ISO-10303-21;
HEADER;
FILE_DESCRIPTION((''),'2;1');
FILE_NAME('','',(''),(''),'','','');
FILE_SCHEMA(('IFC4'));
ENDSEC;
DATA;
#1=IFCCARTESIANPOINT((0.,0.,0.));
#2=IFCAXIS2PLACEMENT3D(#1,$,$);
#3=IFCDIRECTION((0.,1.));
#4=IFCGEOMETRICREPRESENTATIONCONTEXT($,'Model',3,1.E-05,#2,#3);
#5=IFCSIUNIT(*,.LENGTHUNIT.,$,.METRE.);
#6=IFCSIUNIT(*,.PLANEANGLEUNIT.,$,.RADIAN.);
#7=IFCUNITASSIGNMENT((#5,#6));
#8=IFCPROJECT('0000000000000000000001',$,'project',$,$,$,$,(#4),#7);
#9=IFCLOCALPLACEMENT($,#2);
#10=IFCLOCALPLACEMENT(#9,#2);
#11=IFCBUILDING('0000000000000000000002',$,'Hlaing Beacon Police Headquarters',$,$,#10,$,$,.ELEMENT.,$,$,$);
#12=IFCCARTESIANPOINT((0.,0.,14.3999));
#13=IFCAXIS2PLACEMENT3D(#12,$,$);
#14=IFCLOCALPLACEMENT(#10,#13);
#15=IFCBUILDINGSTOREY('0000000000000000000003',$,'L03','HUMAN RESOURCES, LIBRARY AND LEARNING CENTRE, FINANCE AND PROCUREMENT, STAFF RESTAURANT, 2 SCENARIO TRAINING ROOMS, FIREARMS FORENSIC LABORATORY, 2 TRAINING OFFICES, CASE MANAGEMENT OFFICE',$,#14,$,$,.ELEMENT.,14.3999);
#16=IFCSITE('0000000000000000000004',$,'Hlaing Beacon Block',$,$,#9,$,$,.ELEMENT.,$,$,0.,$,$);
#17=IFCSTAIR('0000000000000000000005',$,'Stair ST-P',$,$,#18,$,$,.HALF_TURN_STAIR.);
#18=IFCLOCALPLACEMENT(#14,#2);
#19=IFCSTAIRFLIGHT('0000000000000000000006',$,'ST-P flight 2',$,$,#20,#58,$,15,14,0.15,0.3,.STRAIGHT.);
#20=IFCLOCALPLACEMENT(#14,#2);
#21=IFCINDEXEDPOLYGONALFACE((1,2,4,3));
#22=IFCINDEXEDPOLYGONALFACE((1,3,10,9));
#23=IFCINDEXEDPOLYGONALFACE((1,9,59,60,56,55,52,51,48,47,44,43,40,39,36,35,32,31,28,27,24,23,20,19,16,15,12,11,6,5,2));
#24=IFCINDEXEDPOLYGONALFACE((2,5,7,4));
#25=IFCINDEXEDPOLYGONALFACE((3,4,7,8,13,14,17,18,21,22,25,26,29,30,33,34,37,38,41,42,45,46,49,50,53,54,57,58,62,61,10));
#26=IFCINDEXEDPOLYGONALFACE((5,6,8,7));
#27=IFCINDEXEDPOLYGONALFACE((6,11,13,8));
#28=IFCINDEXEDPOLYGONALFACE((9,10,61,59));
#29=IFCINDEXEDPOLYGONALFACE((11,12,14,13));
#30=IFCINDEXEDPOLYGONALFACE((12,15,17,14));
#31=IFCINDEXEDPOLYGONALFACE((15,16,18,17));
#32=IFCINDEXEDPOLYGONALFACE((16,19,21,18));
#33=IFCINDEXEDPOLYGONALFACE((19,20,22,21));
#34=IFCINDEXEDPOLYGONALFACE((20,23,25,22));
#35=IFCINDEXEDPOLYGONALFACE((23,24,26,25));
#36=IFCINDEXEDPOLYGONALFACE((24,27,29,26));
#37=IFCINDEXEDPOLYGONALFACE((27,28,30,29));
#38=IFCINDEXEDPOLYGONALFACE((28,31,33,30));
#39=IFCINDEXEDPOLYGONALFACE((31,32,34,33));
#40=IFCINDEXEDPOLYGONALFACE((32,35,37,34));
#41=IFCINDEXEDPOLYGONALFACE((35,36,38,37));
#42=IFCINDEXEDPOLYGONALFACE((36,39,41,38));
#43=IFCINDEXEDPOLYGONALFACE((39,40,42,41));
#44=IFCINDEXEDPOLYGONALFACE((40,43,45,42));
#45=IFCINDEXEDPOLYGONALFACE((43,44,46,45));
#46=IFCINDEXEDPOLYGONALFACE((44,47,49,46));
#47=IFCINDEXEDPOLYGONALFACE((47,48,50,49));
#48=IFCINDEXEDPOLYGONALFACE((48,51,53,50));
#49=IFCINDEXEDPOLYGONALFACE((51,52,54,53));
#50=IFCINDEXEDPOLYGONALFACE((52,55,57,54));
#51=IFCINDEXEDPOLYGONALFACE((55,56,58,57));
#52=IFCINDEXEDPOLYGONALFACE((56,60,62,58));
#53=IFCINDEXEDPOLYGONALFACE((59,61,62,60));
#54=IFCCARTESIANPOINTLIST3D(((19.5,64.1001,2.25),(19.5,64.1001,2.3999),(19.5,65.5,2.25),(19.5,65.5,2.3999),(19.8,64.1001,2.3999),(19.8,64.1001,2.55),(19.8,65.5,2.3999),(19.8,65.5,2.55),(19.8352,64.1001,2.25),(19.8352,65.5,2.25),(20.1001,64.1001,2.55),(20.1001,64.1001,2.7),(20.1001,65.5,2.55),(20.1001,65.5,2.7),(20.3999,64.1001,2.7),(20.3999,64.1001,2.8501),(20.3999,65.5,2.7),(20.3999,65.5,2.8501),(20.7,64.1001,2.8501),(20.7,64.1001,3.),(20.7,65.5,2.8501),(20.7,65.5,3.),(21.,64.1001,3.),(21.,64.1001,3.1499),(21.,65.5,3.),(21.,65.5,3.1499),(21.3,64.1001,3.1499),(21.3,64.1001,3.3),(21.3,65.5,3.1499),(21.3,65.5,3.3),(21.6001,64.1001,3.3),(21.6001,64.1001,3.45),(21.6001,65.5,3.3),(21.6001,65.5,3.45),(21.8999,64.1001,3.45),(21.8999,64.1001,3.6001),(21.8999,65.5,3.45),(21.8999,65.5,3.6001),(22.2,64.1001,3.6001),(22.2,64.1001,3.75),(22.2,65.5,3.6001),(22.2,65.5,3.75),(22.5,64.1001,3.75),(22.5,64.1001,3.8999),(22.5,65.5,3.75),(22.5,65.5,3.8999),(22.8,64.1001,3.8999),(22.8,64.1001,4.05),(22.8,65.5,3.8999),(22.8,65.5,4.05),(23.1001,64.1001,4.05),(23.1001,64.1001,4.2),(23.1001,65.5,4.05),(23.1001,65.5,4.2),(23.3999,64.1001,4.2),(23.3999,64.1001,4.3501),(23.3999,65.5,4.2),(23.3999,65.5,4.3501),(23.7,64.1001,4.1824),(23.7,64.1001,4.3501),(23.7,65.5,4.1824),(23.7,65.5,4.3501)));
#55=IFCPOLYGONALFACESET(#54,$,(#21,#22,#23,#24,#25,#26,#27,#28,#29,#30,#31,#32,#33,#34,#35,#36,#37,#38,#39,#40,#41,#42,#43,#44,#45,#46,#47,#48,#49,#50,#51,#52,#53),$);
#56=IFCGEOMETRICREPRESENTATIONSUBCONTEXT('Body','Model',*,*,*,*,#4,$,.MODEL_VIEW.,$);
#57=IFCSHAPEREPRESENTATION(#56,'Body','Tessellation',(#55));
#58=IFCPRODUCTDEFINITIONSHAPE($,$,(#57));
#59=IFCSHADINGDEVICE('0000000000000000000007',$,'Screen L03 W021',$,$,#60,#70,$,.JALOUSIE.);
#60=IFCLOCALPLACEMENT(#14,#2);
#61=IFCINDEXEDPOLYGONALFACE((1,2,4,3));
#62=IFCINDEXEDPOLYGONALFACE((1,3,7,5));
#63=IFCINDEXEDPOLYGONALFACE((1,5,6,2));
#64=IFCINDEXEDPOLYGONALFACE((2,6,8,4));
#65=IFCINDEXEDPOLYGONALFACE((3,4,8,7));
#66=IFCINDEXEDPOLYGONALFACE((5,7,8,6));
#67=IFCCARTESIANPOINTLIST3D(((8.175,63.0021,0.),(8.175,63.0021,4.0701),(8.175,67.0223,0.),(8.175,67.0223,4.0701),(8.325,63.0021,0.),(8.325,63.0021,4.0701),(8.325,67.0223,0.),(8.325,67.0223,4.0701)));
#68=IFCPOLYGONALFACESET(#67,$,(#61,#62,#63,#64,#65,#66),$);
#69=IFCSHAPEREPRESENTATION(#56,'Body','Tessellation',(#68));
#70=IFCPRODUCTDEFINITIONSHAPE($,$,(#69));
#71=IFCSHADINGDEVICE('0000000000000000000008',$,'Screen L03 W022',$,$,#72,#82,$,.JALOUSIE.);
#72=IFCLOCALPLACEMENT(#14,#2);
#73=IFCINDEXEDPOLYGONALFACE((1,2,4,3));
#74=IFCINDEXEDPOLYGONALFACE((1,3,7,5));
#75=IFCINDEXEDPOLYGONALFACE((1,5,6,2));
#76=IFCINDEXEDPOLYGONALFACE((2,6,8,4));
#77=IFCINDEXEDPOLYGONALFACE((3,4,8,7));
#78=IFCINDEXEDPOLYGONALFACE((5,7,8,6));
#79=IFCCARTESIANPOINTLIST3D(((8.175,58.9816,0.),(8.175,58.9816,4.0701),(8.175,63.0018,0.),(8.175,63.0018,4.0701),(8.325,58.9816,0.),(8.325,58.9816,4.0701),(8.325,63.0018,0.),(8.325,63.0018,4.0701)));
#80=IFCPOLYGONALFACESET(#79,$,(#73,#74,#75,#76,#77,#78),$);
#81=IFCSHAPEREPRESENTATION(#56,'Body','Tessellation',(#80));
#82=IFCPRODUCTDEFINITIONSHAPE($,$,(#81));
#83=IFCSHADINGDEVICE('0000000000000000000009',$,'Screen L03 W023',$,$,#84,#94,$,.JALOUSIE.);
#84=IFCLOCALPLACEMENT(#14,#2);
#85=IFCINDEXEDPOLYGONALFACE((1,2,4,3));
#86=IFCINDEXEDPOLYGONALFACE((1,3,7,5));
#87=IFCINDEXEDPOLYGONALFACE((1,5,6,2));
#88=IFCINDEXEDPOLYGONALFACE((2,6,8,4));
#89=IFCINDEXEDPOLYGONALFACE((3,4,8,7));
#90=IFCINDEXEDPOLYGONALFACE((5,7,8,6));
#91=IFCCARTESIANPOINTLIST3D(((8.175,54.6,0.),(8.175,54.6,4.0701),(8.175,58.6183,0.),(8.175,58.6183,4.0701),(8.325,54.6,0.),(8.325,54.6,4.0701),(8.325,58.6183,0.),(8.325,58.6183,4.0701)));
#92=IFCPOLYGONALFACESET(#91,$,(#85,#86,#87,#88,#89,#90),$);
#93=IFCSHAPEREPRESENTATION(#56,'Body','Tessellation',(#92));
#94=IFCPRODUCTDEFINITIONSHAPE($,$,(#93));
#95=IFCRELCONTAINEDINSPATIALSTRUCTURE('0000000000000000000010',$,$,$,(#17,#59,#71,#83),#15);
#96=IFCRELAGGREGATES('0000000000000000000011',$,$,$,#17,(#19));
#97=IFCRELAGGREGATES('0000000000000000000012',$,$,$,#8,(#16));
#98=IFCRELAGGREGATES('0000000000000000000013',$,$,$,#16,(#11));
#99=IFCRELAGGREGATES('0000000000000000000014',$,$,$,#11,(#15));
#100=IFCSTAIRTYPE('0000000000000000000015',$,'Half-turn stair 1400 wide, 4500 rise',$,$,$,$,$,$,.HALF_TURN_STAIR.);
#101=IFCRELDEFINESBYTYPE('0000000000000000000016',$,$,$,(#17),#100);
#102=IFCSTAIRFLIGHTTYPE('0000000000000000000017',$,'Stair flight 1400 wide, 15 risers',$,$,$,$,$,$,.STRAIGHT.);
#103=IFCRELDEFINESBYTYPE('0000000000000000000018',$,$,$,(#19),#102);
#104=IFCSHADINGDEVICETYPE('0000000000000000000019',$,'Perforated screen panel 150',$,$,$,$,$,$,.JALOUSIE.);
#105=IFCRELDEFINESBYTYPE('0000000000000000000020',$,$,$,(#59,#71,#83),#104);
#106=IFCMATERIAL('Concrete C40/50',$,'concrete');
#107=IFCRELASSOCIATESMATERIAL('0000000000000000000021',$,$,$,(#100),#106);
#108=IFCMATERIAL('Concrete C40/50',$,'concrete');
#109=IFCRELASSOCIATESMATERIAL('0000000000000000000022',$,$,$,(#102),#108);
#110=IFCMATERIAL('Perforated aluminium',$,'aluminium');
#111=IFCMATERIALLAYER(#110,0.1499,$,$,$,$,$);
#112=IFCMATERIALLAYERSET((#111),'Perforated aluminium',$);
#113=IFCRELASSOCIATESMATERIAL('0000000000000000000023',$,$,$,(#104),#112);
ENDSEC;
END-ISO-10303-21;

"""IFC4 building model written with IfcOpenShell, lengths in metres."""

from ifc_helpers import new_model, si_unit, direction, frame, origin, origin_2d, place, context, subcontext, project, spatial, polyline, rectangle, outline, extrude, material, layer, layer_set, type_object, element, aggregate, save


model = new_model("IFC4")

# Units and contexts
model_context = context("Model", 3, precision=1e-05, world=origin(), true_north=direction((0.0, 1.0)))
body_context = subcontext(model_context, "Body", "Model", "MODEL_VIEW")
ifc_project = project(units=[si_unit("LENGTHUNIT", "METRE"), si_unit("PLANEANGLEUNIT", "RADIAN")], contexts=[model_context])

# Site, building, storey
site_placement = place(None, origin())
site = spatial("IfcSite", under=ifc_project, at=site_placement, Name="Hlaing Beacon Block", CompositionType="ELEMENT", RefElevation=0.0)
building_placement = place(site_placement, origin())
building = spatial("IfcBuilding", under=site, at=building_placement, Name="Hlaing Beacon Police Headquarters", CompositionType="ELEMENT")
storey_placement = place(building_placement, frame((0.0, 0.0, 14.3999)))
storey = spatial("IfcBuildingStorey", under=building, at=storey_placement, Name="L03", Description="HUMAN RESOURCES, LIBRARY AND LEARNING CENTRE, FINANCE AND PROCUREMENT, STAFF RESTAURANT, 2 SCENARIO TRAINING ROOMS, FIREARMS FORENSIC LABORATORY, 2 TRAINING OFFICES, CASE MANAGEMENT OFFICE", CompositionType="ELEMENT", Elevation=14.3999)

# Stair, stair flight
ifc_material_1 = material(Name="Concrete C40/50", Category="concrete")
stair_type = type_object("IfcStairType", Name="Half-turn stair 1400 wide, 4500 rise", PredefinedType="HALF_TURN_STAIR", material=ifc_material_1)
stair_placement = place(storey_placement, origin())
stair = element("IfcStair", 1, at=stair_placement, inside=storey, type_object=stair_type, Name="Stair ST-P", PredefinedType="HALF_TURN_STAIR")
ifc_material_2 = material(Name="Concrete C40/50", Category="concrete")
stair_flight_type = type_object("IfcStairFlightType", Name="Stair flight 1400 wide, 15 risers", PredefinedType="STRAIGHT", material=ifc_material_2)
stair_flight_placement = place(storey_placement, frame((19.5, 64.8, 2.25), z_axis=(0.0, 0.0, 1.0), x_axis=(1.0, 0.0, 0.0)))
stair_flight = element("IfcStairFlight", 2, at=stair_flight_placement, type_object=stair_flight_type, Name="ST-P flight 2", NumberOfRisers=15, NumberOfTreads=14, PredefinedType="STRAIGHT", RiserHeight=0.15, TreadLength=0.3, context=body_context, shape_type="SweptSolid", body=[
    extrude(outline(polyline([(0.0, 0.0), (0.0, 0.1499), (0.3, 0.1499), (0.3, 0.3), (0.6001, 0.3), (0.6001, 0.45), (0.8999, 0.45), (0.8999, 0.6001), (1.2, 0.6001), (1.2, 0.75), (1.5, 0.75), (1.5, 0.8999), (1.8, 0.8999), (1.8, 1.05), (2.1001, 1.05), (2.1001, 1.2), (2.3999, 1.2), (2.3999, 1.3501), (2.7, 1.3501), (2.7, 1.5), (3.0, 1.5), (3.0, 1.6499), (3.3, 1.6499), (3.3, 1.8), (3.6001, 1.8), (3.6001, 1.95), (3.8999, 1.95), (3.8999, 2.1001), (4.2, 2.1001), (4.2, 2.25), (4.2, 1.9324), (0.3352, 0.0), (0.0, 0.0)])), frame((0.0, 0.7, 0.0), z_axis=(0.0, -1.0, 0.0), x_axis=(1.0, 0.0, 0.0)), (0.0, 0.0, 1.0), 1.3999),
])
aggregate(stair, [stair_flight])

# Shading devices
ifc_material_3 = material(Name="Perforated aluminium", Category="aluminium")
ifc_layer_1 = layer(ifc_material_3, 0.1499)
ifc_layer_set_1 = layer_set([ifc_layer_1], Name="Perforated aluminium")
shading_device_type = type_object("IfcShadingDeviceType", Name="Perforated screen panel 150", PredefinedType="JALOUSIE", material=ifc_layer_set_1)
for number, where, z_axis, x_axis, name in (
    (3, (8.25, 65.0122, 0.0), (0.0, 0.0, 1.0), (0.0, -1.0, 0.0), "Screen L03 W021"),
    (4, (8.25, 60.9917, 0.0), (0.0, 0.0, 1.0), (0.0, -1.0, 0.0), "Screen L03 W022"),
):
    element("IfcShadingDevice", number, at=place(storey_placement, frame(where, z_axis=z_axis, x_axis=x_axis)), inside=storey, type_object=shading_device_type, Name=name, PredefinedType="JALOUSIE", context=body_context, shape_type="SweptSolid", body=[
        extrude(rectangle(XDim=4.0203, YDim=0.1499, at=origin_2d()), origin(), (0.0, 0.0, 1.0), 4.0701),
    ])
shading_device_placement = place(storey_placement, frame((8.25, 56.6091, 0.0), z_axis=(0.0, 0.0, 1.0), x_axis=(0.0, -1.0, 0.0)))
element("IfcShadingDevice", 5, at=shading_device_placement, inside=storey, type_object=shading_device_type, Name="Screen L03 W023", PredefinedType="JALOUSIE", context=body_context, shape_type="SweptSolid", body=[
    extrude(rectangle(XDim=4.0183, YDim=0.1499, at=origin_2d()), origin(), (0.0, 0.0, 1.0), 4.0701),
])

save(model, "model.ifc")
